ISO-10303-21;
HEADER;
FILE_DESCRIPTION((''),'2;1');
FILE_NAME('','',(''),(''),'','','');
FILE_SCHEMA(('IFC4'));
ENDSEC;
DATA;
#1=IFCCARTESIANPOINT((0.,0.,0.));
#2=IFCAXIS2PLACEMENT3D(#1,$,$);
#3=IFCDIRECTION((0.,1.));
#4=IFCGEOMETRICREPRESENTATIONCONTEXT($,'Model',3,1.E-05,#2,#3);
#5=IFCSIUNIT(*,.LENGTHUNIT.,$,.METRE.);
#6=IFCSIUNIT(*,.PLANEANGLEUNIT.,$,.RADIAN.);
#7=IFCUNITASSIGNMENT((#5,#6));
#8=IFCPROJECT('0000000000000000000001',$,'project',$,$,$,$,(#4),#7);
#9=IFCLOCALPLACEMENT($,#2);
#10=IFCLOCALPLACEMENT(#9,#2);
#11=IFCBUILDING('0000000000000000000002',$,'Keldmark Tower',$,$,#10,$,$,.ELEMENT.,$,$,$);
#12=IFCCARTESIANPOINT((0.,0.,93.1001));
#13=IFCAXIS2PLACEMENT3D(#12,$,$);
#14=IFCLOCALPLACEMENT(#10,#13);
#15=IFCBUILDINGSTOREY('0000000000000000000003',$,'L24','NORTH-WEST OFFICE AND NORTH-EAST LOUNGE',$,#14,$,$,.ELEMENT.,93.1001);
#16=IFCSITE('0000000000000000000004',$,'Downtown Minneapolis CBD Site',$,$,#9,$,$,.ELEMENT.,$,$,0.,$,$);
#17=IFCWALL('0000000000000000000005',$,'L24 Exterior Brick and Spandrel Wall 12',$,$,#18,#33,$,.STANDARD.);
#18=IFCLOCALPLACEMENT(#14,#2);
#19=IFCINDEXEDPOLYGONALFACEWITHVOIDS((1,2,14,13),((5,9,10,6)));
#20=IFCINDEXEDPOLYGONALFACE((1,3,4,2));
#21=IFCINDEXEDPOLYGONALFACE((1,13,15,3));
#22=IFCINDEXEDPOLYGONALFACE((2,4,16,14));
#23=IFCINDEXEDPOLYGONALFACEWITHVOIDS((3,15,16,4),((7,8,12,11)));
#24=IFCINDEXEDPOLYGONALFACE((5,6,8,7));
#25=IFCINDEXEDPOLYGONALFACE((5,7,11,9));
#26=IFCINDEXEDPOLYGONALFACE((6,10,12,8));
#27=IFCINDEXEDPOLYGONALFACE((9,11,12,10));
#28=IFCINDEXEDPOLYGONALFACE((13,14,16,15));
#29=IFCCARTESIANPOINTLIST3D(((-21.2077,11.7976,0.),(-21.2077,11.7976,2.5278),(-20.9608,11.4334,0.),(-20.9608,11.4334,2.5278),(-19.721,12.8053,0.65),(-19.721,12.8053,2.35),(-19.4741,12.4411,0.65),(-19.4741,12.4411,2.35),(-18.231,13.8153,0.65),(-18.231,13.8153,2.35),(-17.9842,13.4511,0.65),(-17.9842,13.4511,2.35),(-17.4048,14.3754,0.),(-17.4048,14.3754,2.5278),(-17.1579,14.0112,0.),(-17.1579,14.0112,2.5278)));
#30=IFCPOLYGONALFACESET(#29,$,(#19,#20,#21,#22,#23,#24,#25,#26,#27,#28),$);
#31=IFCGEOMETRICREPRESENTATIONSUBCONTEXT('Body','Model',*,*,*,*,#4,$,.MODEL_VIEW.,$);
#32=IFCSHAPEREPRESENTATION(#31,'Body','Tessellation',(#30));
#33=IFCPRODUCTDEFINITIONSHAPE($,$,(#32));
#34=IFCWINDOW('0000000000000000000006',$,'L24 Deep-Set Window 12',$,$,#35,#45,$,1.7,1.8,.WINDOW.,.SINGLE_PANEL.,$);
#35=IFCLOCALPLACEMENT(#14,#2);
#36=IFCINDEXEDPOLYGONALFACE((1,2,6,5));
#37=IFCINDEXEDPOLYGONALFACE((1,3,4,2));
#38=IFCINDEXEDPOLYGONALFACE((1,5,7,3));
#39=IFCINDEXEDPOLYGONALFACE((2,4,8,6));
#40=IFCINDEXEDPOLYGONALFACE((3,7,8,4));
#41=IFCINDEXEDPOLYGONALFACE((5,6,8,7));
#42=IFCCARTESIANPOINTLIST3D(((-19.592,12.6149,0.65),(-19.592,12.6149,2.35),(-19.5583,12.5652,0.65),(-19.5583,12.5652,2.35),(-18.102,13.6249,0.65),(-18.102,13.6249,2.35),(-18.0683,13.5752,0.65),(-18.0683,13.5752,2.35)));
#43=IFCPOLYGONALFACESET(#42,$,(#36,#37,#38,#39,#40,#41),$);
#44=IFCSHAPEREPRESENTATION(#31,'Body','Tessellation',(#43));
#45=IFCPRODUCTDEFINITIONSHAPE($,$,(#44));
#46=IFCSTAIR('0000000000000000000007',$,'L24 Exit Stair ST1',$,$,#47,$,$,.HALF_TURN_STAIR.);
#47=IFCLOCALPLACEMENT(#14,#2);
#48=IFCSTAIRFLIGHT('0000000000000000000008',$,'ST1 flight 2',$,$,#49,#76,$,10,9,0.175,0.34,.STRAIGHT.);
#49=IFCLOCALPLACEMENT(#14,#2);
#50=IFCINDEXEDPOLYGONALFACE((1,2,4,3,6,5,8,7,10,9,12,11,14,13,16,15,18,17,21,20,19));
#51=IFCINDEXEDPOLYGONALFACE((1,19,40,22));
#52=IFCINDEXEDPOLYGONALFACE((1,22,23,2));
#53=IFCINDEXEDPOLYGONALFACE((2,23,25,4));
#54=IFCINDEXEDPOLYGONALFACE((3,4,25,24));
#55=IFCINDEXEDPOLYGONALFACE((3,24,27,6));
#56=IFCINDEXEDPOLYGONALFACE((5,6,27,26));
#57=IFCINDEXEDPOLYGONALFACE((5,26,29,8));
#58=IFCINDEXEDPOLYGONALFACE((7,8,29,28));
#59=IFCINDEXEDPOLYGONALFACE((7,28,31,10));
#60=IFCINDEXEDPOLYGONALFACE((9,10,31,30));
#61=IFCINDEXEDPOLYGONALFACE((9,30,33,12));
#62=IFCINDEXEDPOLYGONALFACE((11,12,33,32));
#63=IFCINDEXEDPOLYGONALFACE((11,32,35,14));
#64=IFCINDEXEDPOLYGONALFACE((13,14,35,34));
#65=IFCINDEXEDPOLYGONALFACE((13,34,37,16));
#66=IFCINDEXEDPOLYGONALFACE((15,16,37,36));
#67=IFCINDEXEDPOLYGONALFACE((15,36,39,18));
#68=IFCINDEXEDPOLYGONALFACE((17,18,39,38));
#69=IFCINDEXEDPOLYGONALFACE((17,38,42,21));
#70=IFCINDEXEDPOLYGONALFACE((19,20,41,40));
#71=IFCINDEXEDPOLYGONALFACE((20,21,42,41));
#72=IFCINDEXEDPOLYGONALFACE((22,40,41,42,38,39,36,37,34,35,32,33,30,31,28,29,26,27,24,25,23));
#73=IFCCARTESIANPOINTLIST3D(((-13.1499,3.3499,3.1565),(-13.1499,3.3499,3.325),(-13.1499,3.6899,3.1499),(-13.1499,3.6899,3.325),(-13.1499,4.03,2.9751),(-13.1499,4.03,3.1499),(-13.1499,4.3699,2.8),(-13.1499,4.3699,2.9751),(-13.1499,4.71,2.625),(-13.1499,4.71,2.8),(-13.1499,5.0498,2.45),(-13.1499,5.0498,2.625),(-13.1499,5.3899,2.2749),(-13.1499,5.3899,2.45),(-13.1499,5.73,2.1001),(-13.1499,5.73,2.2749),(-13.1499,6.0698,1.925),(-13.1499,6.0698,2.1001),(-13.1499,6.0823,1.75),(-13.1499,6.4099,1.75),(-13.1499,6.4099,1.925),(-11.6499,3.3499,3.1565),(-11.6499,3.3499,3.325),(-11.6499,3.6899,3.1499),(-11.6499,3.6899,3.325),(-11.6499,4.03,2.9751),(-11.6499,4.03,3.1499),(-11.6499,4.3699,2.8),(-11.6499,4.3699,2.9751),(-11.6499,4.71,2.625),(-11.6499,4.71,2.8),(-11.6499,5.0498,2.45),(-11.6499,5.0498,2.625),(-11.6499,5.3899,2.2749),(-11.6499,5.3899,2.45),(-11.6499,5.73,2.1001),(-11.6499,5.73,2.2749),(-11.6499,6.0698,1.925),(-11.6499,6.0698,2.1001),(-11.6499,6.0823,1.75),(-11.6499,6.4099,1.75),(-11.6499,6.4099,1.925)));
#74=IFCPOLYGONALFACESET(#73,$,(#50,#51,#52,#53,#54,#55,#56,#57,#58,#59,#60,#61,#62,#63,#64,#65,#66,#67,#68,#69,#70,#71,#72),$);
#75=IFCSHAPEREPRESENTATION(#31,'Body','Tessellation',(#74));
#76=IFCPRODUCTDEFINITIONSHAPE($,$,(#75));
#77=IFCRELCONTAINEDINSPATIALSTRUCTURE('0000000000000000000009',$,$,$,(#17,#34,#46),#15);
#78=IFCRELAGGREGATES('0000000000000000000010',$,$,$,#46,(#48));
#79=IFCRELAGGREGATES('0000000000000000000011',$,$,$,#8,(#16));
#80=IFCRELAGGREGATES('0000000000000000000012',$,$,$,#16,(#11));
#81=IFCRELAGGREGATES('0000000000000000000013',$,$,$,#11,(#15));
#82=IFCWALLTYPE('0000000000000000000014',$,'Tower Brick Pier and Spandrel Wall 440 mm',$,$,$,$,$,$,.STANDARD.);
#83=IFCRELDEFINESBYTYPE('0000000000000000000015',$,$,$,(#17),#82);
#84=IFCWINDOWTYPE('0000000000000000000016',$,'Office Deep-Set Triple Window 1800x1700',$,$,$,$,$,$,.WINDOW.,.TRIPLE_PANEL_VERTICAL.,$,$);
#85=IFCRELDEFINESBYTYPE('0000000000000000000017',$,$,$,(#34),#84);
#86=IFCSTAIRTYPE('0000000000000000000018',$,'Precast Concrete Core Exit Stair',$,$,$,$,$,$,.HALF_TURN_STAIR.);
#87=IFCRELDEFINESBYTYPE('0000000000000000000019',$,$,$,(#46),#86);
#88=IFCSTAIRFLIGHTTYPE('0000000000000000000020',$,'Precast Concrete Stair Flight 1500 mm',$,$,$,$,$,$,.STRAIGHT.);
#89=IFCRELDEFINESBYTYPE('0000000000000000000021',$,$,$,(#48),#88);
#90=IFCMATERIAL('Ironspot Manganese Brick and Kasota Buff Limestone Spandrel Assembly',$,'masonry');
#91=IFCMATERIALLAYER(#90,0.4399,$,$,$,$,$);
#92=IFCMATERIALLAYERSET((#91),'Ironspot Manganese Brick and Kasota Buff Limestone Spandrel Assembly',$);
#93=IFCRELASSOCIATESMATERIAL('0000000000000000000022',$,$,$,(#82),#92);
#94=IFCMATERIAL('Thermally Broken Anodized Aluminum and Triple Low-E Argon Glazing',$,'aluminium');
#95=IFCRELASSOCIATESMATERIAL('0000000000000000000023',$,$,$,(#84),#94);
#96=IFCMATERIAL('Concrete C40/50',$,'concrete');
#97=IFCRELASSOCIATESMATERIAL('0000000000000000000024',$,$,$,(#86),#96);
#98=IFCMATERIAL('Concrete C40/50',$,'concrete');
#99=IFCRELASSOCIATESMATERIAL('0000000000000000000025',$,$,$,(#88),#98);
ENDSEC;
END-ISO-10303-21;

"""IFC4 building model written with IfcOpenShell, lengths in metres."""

from ifc_helpers import new_model, si_unit, direction, frame, frame_2d, origin, place, context, subcontext, project, spatial, polyline, rectangle, outline, extrude, material, layer, layer_set, type_object, element, fill, aggregate, save


model = new_model("IFC4")

# Units and contexts
model_context = context("Model", 3, precision=1e-05, world=origin(), true_north=direction((0.0, 1.0)))
body_context = subcontext(model_context, "Body", "Model", "MODEL_VIEW")
ifc_project = project(units=[si_unit("LENGTHUNIT", "METRE"), si_unit("PLANEANGLEUNIT", "RADIAN")], contexts=[model_context])

# Site, building, storey
site_placement = place(None, origin())
site = spatial("IfcSite", under=ifc_project, at=site_placement, Name="Downtown Minneapolis CBD Site", CompositionType="ELEMENT", RefElevation=0.0)
building_placement = place(site_placement, origin())
building = spatial("IfcBuilding", under=site, at=building_placement, Name="Keldmark Tower", CompositionType="ELEMENT")
storey_placement = place(building_placement, frame((0.0, 0.0, 93.1001)))
storey = spatial("IfcBuildingStorey", under=building, at=storey_placement, Name="L24", Description="NORTH-WEST OFFICE AND NORTH-EAST LOUNGE", CompositionType="ELEMENT", Elevation=93.1001)

# Wall, opening, window
ifc_material_1 = material(Name="Ironspot Manganese Brick and Kasota Buff Limestone Spandrel Assembly", Category="masonry")
ifc_layer_1 = layer(ifc_material_1, 0.4399)
ifc_layer_set_1 = layer_set([ifc_layer_1], Name="Ironspot Manganese Brick and Kasota Buff Limestone Spandrel Assembly")
wall_type_1 = type_object("IfcWallType", Name="Tower Brick Pier and Spandrel Wall 440 mm", PredefinedType="STANDARD", material=ifc_layer_set_1)
ifc_material_2 = material(Name="Thermally Broken Anodized Aluminum and Triple Low-E Argon Glazing", Category="aluminium")
window_type = type_object("IfcWindowType", Name="Office Deep-Set Triple Window 1800x1700", PartitioningType="TRIPLE_PANEL_VERTICAL", PredefinedType="WINDOW", material=ifc_material_2)
wall_1_placement = place(storey_placement, frame((-21.0842, 11.6155, 0.0), z_axis=(0.0, 0.0, 1.0), x_axis=(0.82775, 0.561097, 0.0)))
wall_1 = element("IfcWall", 1, at=wall_1_placement, inside=storey, type_object=wall_type_1, Name="L24 Exterior Brick and Spandrel Wall 12", PredefinedType="STANDARD", context=body_context, shape_type="SweptSolid", body=[
    extrude(rectangle(XDim=4.5942, YDim=0.4399, at=frame_2d((2.2971, 0.0))), origin(), (0.0, 0.0, 1.0), 2.5278),
])
opening_1_placement = place(wall_1_placement, frame((1.7961, 0.0, 0.6499)))
opening_1 = element("IfcOpeningElement", 2, at=opening_1_placement, cuts=wall_1, PredefinedType="OPENING", context=body_context, shape_type="SweptSolid", body=[
    extrude(rectangle(XDim=1.8, YDim=1.7, at=frame_2d((0.8999, 0.8501))), frame((0.0, 0.23, 0.0), z_axis=(0.0, -1.0, 0.0), x_axis=(1.0, 0.0, 0.0)), (0.0, 0.0, 1.0), 0.46),
])
window_1_placement = place(opening_1_placement, origin())
window_1 = element("IfcWindow", 3, at=window_1_placement, inside=storey, type_object=window_type, Name="L24 Deep-Set Window 12", OverallHeight=1.7, OverallWidth=1.8, PartitioningType="SINGLE_PANEL", PredefinedType="WINDOW", context=body_context, shape_type="SweptSolid", body=[
    extrude(rectangle(XDim=1.8, YDim=1.7, at=frame_2d((0.8999, 0.8501))), frame((0.0, -0.01, 0.0), z_axis=(0.0, -1.0, 0.0), x_axis=(1.0, 0.0, 0.0)), (0.0, 0.0, 1.0), 0.0601),
])
fill(opening_1, window_1)

# Stair, stair flight
ifc_material_3 = material(Name="Concrete C40/50", Category="concrete")
stair_type = type_object("IfcStairType", Name="Precast Concrete Core Exit Stair", PredefinedType="HALF_TURN_STAIR", material=ifc_material_3)
stair_placement = place(storey_placement, origin())
stair = element("IfcStair", 4, at=stair_placement, inside=storey, type_object=stair_type, Name="L24 Exit Stair ST1", PredefinedType="HALF_TURN_STAIR")
ifc_material_4 = material(Name="Concrete C40/50", Category="concrete")
stair_flight_type = type_object("IfcStairFlightType", Name="Precast Concrete Stair Flight 1500 mm", PredefinedType="STRAIGHT", material=ifc_material_4)
stair_flight_placement = place(storey_placement, frame((-12.3999, 6.4099, 1.75), z_axis=(0.0, 0.0, 1.0), x_axis=(0.0, -1.0, 0.0)))
stair_flight = element("IfcStairFlight", 5, at=stair_flight_placement, type_object=stair_flight_type, Name="ST1 flight 2", NumberOfRisers=10, NumberOfTreads=9, PredefinedType="STRAIGHT", RiserHeight=0.175, TreadLength=0.34, context=body_context, shape_type="SweptSolid", body=[
    extrude(outline(polyline([(0.0, 0.0), (0.0, 0.175), (0.3401, 0.175), (0.3401, 0.3501), (0.6799, 0.3501), (0.6799, 0.5249), (1.02, 0.5249), (1.02, 0.7), (1.3601, 0.7), (1.3601, 0.875), (1.7, 0.875), (1.7, 1.05), (2.04, 1.05), (2.04, 1.2251), (2.3799, 1.2251), (2.3799, 1.3999), (2.72, 1.3999), (2.72, 1.575), (3.0601, 1.575), (3.0601, 1.75), (3.0601, 1.4065), (0.3276, 0.0), (0.0, 0.0)])), frame((0.0, 0.75, 0.0), z_axis=(0.0, -1.0, 0.0), x_axis=(1.0, 0.0, 0.0)), (0.0, 0.0, 1.0), 1.5),
])
aggregate(stair, [stair_flight])

save(model, "model.ifc")
